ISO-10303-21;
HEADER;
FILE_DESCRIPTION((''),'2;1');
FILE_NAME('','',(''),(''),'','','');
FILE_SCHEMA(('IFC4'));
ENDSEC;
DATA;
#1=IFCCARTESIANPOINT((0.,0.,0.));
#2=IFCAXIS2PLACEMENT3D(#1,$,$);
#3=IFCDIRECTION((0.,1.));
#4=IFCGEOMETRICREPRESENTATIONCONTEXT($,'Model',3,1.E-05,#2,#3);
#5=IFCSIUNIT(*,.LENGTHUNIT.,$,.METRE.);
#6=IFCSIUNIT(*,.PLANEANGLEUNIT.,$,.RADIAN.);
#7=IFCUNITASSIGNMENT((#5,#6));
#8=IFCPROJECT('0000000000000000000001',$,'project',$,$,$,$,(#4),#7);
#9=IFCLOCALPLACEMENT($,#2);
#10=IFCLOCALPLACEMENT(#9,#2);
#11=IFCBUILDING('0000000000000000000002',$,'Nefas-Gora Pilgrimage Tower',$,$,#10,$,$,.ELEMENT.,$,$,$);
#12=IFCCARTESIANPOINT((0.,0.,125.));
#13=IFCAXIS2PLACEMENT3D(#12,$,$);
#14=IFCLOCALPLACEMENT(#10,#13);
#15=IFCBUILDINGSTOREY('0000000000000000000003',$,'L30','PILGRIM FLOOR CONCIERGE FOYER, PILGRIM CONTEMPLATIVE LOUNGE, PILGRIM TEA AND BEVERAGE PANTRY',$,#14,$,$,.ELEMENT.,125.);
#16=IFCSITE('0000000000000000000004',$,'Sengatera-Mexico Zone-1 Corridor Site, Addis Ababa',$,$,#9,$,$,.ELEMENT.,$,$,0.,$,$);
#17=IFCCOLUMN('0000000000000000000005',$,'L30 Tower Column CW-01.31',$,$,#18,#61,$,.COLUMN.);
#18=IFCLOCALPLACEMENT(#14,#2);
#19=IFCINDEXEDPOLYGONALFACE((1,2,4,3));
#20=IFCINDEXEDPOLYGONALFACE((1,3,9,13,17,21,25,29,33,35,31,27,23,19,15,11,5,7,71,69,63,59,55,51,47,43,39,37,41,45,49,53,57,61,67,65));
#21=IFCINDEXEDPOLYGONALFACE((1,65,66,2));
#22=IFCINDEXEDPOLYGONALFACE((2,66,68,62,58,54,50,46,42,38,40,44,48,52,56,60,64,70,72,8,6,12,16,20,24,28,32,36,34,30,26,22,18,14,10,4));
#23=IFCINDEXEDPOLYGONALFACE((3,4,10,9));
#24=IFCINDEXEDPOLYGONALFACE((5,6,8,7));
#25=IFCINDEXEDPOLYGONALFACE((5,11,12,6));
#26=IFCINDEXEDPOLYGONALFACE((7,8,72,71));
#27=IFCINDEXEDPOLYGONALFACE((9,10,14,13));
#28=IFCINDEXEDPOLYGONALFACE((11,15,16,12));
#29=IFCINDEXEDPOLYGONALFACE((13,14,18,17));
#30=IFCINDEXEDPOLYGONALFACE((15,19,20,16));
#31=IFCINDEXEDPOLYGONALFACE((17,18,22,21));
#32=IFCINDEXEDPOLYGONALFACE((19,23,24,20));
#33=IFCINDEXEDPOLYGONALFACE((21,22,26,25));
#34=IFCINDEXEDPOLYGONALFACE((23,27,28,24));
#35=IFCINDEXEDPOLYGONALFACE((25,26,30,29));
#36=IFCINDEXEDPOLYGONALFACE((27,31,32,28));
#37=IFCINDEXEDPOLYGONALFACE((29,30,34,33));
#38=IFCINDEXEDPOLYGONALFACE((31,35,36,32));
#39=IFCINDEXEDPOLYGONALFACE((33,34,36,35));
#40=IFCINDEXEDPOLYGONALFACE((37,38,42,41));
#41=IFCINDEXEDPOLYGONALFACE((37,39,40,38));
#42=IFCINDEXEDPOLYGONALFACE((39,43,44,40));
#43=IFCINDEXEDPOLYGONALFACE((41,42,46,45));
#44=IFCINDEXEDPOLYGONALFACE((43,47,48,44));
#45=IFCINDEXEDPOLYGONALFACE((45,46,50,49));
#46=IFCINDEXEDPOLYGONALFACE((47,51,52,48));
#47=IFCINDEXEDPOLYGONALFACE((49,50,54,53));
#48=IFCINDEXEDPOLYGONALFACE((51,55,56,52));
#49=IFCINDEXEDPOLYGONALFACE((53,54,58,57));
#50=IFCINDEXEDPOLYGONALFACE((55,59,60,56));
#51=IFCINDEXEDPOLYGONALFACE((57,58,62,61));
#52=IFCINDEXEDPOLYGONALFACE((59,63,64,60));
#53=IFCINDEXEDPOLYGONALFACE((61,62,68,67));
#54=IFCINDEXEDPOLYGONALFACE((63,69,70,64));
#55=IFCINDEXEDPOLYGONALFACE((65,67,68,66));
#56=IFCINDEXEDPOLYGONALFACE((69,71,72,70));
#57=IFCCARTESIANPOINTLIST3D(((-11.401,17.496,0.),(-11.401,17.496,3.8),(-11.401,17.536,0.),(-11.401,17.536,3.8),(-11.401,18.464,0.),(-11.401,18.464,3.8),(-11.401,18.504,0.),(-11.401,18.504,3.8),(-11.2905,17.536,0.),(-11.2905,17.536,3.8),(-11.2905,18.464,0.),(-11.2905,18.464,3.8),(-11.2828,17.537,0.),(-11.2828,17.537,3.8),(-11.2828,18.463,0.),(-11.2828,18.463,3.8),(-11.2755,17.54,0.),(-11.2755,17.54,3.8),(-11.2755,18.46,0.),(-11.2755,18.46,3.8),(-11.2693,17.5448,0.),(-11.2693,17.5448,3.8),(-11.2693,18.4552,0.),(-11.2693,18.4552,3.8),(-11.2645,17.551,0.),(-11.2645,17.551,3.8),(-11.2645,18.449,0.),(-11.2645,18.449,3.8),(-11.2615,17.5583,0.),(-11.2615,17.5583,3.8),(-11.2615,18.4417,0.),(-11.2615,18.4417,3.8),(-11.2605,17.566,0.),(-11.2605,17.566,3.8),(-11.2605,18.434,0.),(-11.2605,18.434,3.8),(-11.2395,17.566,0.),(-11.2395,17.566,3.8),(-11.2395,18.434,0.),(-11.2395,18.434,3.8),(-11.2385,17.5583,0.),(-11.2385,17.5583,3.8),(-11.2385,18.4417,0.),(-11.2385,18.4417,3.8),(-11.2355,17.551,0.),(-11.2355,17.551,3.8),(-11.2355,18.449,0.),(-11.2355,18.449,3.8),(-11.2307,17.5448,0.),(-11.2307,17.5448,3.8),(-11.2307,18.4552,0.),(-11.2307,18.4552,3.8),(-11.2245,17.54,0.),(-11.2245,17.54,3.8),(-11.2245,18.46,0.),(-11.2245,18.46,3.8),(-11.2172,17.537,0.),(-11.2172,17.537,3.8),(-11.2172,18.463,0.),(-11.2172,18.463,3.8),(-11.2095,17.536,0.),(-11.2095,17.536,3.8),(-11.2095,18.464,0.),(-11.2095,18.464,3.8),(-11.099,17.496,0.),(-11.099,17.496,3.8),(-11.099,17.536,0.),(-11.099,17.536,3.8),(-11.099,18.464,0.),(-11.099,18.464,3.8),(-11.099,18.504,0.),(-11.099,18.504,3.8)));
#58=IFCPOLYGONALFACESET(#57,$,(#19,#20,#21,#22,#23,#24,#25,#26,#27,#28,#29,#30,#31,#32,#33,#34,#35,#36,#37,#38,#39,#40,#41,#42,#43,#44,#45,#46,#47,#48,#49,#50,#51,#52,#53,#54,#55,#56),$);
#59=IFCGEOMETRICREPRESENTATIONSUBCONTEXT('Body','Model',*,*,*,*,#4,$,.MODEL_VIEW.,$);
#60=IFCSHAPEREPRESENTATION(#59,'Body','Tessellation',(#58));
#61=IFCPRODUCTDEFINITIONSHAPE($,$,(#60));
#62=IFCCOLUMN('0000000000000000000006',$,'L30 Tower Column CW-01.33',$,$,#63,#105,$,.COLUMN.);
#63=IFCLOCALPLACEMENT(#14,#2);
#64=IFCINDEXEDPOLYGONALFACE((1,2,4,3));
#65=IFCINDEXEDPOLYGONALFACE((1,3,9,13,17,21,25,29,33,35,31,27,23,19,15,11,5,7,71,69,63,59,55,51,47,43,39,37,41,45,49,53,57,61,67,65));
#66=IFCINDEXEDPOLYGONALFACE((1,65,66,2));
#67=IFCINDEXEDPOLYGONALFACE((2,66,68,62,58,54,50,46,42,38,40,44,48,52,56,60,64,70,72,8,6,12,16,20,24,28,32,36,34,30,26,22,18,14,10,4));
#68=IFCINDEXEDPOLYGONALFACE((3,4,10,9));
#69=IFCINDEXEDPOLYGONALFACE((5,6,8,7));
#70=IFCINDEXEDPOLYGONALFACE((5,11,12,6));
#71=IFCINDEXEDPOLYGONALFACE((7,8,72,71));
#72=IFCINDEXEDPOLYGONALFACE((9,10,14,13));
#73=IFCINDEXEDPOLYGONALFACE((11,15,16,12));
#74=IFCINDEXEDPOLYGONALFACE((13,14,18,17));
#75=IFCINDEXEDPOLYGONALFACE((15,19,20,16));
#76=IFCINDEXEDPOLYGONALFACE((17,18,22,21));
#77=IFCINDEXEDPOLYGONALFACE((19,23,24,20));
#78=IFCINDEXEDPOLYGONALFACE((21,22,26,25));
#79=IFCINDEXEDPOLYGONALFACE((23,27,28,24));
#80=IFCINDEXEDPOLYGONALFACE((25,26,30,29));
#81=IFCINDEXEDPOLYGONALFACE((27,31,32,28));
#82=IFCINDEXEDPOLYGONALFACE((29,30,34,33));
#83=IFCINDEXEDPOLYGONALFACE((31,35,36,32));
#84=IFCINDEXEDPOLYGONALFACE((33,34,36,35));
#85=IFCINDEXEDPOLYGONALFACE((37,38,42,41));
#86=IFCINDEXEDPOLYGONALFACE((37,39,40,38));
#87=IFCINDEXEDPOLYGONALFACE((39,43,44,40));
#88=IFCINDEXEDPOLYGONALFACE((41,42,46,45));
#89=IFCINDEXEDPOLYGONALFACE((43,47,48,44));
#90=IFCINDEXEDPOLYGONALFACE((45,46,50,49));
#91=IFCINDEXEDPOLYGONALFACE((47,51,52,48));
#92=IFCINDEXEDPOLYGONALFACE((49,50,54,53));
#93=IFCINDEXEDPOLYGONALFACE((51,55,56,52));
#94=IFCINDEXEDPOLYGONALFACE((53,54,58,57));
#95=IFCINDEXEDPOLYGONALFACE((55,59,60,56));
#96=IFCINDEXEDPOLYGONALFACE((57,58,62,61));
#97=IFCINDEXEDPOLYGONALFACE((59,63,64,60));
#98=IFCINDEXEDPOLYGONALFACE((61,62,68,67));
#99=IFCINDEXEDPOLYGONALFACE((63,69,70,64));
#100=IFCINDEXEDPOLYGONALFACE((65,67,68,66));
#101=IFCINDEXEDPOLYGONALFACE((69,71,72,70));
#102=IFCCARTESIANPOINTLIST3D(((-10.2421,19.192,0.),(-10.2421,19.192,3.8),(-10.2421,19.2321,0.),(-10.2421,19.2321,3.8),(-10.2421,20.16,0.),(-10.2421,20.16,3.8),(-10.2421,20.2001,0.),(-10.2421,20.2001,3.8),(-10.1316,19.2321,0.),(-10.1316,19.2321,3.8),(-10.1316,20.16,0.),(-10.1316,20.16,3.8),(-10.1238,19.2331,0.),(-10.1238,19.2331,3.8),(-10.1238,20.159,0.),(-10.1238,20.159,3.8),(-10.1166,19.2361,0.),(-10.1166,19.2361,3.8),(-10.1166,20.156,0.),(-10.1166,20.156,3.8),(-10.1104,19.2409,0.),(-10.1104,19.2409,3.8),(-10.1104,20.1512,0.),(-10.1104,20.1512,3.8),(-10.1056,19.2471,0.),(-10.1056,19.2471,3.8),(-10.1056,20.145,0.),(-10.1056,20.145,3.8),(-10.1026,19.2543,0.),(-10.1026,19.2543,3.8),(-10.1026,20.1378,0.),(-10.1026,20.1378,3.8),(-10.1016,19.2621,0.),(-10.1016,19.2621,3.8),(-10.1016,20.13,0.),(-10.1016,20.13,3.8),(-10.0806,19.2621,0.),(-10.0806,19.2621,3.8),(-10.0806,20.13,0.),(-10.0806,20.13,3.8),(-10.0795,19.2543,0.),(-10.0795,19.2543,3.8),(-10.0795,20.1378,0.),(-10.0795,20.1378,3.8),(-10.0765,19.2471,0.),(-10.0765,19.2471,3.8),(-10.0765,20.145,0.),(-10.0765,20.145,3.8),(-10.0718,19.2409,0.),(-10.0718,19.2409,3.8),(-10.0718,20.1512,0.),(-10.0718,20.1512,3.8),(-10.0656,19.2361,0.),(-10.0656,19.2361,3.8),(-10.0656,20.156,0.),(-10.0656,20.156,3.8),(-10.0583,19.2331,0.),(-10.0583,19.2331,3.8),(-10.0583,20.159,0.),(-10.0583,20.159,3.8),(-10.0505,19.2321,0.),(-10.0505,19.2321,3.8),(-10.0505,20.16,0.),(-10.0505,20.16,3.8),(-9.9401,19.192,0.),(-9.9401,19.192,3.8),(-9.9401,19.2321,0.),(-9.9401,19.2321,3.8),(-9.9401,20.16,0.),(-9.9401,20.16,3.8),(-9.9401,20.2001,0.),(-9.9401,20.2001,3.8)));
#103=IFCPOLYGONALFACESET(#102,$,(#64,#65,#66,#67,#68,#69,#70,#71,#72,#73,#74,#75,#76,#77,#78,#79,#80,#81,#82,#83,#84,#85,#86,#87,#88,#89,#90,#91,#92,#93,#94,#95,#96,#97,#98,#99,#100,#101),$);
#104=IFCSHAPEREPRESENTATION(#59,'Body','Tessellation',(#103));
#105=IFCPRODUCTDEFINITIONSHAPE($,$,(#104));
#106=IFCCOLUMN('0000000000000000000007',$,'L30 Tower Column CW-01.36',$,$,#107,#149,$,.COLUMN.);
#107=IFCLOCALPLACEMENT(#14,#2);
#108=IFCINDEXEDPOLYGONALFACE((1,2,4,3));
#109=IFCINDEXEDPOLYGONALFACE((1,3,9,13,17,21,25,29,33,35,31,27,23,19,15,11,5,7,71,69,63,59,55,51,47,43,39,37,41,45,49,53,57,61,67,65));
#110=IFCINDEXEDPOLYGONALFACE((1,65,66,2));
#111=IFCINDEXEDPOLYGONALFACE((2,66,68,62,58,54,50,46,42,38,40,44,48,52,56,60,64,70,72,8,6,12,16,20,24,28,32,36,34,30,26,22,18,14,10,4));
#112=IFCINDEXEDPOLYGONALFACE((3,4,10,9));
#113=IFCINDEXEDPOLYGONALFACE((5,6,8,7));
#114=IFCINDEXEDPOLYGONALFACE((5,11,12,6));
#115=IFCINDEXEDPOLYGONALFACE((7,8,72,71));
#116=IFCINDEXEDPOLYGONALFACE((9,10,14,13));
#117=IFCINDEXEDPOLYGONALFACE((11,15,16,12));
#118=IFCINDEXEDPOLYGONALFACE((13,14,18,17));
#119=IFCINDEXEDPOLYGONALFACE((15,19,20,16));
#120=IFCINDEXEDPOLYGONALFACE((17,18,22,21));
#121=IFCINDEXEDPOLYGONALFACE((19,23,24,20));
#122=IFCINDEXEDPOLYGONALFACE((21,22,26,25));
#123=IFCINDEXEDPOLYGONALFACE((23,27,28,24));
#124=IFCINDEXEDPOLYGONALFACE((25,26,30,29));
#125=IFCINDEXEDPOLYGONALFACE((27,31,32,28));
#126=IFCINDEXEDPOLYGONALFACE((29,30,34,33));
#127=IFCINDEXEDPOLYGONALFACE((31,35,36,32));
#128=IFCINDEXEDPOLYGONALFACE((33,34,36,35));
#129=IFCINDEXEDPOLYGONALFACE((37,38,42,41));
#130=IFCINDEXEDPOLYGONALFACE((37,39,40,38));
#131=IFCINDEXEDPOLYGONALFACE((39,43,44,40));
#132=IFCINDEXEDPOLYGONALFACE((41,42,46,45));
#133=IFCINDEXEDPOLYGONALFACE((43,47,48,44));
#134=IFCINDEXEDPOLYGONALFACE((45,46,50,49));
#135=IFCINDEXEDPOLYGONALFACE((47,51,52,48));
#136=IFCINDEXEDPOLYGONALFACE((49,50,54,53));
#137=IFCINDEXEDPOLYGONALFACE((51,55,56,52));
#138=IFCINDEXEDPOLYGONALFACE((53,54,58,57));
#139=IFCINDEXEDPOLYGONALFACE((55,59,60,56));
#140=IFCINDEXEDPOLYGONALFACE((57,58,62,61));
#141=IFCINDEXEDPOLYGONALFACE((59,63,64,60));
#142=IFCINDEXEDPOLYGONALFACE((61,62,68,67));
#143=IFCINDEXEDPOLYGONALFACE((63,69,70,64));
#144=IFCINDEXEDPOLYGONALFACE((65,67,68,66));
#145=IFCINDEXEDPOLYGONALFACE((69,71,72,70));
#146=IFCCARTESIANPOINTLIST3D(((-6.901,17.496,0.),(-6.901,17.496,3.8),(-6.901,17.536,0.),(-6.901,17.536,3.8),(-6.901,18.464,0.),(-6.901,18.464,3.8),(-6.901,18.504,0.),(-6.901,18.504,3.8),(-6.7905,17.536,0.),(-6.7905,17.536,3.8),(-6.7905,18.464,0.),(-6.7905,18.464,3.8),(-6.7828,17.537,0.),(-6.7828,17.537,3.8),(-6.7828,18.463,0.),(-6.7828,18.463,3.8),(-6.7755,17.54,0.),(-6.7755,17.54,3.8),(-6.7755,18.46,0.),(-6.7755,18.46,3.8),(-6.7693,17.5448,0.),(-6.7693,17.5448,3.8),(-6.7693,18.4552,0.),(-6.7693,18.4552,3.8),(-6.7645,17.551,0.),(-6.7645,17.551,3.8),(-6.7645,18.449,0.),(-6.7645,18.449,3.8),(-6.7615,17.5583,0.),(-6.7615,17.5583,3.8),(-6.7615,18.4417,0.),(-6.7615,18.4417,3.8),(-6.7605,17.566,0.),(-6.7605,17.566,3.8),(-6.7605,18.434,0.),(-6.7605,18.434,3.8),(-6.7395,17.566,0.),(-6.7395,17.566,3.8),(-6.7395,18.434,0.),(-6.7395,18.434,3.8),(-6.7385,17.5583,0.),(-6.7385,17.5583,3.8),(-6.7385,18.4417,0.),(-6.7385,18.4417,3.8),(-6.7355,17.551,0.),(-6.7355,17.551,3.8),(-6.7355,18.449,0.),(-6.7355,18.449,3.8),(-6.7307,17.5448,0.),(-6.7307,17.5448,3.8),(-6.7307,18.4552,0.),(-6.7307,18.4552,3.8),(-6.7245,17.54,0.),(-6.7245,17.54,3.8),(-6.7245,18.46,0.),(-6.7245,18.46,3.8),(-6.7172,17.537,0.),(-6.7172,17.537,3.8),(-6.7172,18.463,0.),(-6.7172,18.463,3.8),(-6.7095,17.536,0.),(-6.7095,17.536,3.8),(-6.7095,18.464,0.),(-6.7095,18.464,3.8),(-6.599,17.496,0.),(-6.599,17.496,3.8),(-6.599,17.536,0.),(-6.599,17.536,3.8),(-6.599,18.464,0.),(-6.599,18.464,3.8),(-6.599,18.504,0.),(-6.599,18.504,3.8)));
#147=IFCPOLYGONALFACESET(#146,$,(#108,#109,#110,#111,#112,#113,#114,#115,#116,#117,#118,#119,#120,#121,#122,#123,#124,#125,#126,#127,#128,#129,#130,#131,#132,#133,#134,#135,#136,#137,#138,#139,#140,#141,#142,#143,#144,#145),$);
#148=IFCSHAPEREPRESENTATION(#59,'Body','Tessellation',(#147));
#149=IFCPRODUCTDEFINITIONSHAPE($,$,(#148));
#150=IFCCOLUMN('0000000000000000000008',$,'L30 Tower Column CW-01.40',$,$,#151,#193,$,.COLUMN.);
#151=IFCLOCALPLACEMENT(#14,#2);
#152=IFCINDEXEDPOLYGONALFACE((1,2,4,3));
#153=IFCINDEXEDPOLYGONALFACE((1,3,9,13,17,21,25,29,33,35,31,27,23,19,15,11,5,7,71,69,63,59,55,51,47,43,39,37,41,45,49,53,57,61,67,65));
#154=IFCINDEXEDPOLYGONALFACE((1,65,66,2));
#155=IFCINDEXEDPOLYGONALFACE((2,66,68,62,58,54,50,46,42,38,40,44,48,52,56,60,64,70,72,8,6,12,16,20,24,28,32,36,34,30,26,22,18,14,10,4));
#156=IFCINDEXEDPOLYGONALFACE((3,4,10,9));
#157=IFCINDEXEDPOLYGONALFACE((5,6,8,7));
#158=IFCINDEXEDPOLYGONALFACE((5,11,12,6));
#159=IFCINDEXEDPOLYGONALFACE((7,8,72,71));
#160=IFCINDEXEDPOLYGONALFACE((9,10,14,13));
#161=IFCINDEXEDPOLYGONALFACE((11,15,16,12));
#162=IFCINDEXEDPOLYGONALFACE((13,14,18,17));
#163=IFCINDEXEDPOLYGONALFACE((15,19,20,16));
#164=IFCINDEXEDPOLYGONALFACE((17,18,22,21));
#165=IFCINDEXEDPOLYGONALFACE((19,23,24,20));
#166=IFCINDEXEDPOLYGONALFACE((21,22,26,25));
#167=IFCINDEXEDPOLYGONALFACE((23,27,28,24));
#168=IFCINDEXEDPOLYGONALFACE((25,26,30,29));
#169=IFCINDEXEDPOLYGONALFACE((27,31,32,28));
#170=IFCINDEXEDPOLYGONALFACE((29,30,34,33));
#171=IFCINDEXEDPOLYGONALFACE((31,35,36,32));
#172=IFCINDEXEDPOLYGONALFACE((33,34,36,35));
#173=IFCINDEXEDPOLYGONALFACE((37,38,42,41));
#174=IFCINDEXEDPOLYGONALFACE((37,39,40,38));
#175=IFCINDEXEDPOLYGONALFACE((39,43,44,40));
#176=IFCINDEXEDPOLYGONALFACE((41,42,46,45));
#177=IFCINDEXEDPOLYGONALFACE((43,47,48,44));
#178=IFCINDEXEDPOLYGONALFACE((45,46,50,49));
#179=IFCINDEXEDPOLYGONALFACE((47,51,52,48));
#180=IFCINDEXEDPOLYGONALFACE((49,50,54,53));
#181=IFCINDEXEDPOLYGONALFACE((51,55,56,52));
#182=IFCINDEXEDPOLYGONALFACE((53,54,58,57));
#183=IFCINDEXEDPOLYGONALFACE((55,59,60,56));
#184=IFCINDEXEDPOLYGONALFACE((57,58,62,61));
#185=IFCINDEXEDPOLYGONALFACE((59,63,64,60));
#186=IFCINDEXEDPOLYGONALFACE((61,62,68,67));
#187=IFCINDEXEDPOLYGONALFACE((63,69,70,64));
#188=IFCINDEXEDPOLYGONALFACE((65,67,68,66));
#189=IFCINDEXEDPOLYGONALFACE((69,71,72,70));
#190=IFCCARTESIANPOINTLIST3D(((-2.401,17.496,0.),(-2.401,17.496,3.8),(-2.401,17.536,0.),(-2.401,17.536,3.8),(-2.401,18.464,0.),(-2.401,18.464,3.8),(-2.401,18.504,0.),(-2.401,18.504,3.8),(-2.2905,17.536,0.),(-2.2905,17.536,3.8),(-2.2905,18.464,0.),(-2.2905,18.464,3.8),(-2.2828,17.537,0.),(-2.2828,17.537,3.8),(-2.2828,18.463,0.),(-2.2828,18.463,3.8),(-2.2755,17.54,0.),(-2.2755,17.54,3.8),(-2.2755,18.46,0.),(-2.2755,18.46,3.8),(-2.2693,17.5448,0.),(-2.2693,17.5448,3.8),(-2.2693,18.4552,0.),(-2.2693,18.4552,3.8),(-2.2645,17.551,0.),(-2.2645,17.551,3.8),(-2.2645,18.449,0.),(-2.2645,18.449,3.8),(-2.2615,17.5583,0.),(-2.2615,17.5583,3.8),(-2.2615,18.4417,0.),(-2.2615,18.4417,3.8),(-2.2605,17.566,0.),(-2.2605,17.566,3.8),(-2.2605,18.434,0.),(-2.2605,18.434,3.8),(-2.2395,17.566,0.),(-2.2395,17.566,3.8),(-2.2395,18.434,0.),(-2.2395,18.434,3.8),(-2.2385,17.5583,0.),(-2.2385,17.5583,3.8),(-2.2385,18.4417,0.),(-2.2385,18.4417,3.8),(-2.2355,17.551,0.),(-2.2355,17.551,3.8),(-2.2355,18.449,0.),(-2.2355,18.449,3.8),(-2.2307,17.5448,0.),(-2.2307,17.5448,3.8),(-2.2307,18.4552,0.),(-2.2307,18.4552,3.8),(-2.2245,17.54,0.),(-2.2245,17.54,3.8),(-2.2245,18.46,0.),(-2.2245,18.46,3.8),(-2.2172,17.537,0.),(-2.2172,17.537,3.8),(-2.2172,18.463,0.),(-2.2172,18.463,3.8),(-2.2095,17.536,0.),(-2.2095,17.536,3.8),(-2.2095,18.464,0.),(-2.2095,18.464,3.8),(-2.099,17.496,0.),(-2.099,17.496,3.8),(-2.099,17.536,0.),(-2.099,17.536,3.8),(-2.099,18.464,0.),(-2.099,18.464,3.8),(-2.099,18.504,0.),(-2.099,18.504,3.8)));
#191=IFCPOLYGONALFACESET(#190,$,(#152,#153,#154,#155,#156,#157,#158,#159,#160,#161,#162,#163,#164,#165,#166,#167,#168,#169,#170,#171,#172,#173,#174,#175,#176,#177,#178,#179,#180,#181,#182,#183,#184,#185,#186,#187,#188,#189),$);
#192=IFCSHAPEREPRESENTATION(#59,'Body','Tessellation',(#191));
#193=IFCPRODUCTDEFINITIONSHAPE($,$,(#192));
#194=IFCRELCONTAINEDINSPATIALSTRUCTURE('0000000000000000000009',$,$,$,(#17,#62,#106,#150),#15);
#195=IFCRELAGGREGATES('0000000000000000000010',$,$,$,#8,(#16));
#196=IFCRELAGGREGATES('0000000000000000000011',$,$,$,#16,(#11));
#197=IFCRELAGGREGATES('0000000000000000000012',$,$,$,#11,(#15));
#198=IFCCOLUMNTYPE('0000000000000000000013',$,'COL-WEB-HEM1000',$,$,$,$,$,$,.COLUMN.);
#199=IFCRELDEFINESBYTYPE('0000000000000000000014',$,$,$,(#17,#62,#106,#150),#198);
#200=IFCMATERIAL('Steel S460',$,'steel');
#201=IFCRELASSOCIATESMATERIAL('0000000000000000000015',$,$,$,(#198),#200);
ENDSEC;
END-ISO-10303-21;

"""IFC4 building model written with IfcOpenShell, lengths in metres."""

from ifc_helpers import new_model, si_unit, direction, frame, origin, origin_2d, place, context, subcontext, project, spatial, i_section, extrude, source, transform, mapped, material, material_profile, profile_set, type_object, element, save


model = new_model("IFC4")

# Units and contexts
model_context = context("Model", 3, precision=1e-05, world=origin(), true_north=direction((0.0, 1.0)))
body_context = subcontext(model_context, "Body", "Model", "MODEL_VIEW")
ifc_project = project(units=[si_unit("LENGTHUNIT", "METRE"), si_unit("PLANEANGLEUNIT", "RADIAN")], contexts=[model_context])

# Site, building, storey
site_placement = place(None, origin())
site = spatial("IfcSite", under=ifc_project, at=site_placement, Name="Sengatera-Mexico Zone-1 Corridor Site, Addis Ababa", CompositionType="ELEMENT", RefElevation=0.0)
building_placement = place(site_placement, origin())
building = spatial("IfcBuilding", under=site, at=building_placement, Name="Nefas-Gora Pilgrimage Tower", CompositionType="ELEMENT")
storey_placement = place(building_placement, frame((0.0, 0.0, 125.0)))
storey = spatial("IfcBuildingStorey", under=building, at=storey_placement, Name="L30", Description="PILGRIM FLOOR CONCIERGE FOYER, PILGRIM CONTEMPLATIVE LOUNGE, PILGRIM TEA AND BEVERAGE PANTRY", CompositionType="ELEMENT", Elevation=125.0)

# Columns
ifc_material_1 = material(Name="Steel S460", Category="steel")
ifc_material_profile_1 = material_profile(ifc_material_1, i_section(OverallWidth=0.302, OverallDepth=1.0081, WebThickness=0.021, FlangeThickness=0.04, FilletRadius=0.03, at=origin_2d()), Name="HEM 1000")
ifc_profile_set_1 = profile_set([ifc_material_profile_1], Name="Steel S460")
column_type_1 = type_object("IfcColumnType", Name="COL-WEB-HEM1000", PredefinedType="COLUMN", material=ifc_profile_set_1)
shared_shape_1 = source(origin(), body_context, "Body", "SweptSolid", [
    extrude(i_section(OverallWidth=0.302, OverallDepth=1.0081, WebThickness=0.021, FlangeThickness=0.04, FilletRadius=0.03, at=origin_2d()), origin(), (0.0, 0.0, 1.0), 3.8),
])
for number, where, z_axis, x_axis, name in (
    (1, (-11.25, 18.0, 0.0), (0.0, 0.0, 1.0), (1.0, 0.0, 0.0), "L30 Tower Column CW-01.31"),
    (2, (-10.0911, 19.696, 0.0), (0.0, 0.0, 1.0), (1.0, 0.0, 0.0), "L30 Tower Column CW-01.33"),
    (3, (-6.75, 18.0, 0.0), (0.0, 0.0, 1.0), (1.0, 0.0, 0.0), "L30 Tower Column CW-01.36"),
    (4, (-2.25, 18.0, 0.0), (0.0, 0.0, 1.0), (1.0, 0.0, 0.0), "L30 Tower Column CW-01.40"),
):
    element("IfcColumn", number, at=place(storey_placement, frame(where, z_axis=z_axis, x_axis=x_axis)), inside=storey, type_object=column_type_1, Name=name, PredefinedType="COLUMN", context=body_context, shape_type="MappedRepresentation", body=[
        mapped(shared_shape_1, transform((0.0, 0.0, 0.0), x_axis=(1.0, 0.0, 0.0), y_axis=(0.0, 1.0, 0.0), z_axis=(0.0, 0.0, 1.0), scale=1.0)),
    ])

save(model, "model.ifc")
